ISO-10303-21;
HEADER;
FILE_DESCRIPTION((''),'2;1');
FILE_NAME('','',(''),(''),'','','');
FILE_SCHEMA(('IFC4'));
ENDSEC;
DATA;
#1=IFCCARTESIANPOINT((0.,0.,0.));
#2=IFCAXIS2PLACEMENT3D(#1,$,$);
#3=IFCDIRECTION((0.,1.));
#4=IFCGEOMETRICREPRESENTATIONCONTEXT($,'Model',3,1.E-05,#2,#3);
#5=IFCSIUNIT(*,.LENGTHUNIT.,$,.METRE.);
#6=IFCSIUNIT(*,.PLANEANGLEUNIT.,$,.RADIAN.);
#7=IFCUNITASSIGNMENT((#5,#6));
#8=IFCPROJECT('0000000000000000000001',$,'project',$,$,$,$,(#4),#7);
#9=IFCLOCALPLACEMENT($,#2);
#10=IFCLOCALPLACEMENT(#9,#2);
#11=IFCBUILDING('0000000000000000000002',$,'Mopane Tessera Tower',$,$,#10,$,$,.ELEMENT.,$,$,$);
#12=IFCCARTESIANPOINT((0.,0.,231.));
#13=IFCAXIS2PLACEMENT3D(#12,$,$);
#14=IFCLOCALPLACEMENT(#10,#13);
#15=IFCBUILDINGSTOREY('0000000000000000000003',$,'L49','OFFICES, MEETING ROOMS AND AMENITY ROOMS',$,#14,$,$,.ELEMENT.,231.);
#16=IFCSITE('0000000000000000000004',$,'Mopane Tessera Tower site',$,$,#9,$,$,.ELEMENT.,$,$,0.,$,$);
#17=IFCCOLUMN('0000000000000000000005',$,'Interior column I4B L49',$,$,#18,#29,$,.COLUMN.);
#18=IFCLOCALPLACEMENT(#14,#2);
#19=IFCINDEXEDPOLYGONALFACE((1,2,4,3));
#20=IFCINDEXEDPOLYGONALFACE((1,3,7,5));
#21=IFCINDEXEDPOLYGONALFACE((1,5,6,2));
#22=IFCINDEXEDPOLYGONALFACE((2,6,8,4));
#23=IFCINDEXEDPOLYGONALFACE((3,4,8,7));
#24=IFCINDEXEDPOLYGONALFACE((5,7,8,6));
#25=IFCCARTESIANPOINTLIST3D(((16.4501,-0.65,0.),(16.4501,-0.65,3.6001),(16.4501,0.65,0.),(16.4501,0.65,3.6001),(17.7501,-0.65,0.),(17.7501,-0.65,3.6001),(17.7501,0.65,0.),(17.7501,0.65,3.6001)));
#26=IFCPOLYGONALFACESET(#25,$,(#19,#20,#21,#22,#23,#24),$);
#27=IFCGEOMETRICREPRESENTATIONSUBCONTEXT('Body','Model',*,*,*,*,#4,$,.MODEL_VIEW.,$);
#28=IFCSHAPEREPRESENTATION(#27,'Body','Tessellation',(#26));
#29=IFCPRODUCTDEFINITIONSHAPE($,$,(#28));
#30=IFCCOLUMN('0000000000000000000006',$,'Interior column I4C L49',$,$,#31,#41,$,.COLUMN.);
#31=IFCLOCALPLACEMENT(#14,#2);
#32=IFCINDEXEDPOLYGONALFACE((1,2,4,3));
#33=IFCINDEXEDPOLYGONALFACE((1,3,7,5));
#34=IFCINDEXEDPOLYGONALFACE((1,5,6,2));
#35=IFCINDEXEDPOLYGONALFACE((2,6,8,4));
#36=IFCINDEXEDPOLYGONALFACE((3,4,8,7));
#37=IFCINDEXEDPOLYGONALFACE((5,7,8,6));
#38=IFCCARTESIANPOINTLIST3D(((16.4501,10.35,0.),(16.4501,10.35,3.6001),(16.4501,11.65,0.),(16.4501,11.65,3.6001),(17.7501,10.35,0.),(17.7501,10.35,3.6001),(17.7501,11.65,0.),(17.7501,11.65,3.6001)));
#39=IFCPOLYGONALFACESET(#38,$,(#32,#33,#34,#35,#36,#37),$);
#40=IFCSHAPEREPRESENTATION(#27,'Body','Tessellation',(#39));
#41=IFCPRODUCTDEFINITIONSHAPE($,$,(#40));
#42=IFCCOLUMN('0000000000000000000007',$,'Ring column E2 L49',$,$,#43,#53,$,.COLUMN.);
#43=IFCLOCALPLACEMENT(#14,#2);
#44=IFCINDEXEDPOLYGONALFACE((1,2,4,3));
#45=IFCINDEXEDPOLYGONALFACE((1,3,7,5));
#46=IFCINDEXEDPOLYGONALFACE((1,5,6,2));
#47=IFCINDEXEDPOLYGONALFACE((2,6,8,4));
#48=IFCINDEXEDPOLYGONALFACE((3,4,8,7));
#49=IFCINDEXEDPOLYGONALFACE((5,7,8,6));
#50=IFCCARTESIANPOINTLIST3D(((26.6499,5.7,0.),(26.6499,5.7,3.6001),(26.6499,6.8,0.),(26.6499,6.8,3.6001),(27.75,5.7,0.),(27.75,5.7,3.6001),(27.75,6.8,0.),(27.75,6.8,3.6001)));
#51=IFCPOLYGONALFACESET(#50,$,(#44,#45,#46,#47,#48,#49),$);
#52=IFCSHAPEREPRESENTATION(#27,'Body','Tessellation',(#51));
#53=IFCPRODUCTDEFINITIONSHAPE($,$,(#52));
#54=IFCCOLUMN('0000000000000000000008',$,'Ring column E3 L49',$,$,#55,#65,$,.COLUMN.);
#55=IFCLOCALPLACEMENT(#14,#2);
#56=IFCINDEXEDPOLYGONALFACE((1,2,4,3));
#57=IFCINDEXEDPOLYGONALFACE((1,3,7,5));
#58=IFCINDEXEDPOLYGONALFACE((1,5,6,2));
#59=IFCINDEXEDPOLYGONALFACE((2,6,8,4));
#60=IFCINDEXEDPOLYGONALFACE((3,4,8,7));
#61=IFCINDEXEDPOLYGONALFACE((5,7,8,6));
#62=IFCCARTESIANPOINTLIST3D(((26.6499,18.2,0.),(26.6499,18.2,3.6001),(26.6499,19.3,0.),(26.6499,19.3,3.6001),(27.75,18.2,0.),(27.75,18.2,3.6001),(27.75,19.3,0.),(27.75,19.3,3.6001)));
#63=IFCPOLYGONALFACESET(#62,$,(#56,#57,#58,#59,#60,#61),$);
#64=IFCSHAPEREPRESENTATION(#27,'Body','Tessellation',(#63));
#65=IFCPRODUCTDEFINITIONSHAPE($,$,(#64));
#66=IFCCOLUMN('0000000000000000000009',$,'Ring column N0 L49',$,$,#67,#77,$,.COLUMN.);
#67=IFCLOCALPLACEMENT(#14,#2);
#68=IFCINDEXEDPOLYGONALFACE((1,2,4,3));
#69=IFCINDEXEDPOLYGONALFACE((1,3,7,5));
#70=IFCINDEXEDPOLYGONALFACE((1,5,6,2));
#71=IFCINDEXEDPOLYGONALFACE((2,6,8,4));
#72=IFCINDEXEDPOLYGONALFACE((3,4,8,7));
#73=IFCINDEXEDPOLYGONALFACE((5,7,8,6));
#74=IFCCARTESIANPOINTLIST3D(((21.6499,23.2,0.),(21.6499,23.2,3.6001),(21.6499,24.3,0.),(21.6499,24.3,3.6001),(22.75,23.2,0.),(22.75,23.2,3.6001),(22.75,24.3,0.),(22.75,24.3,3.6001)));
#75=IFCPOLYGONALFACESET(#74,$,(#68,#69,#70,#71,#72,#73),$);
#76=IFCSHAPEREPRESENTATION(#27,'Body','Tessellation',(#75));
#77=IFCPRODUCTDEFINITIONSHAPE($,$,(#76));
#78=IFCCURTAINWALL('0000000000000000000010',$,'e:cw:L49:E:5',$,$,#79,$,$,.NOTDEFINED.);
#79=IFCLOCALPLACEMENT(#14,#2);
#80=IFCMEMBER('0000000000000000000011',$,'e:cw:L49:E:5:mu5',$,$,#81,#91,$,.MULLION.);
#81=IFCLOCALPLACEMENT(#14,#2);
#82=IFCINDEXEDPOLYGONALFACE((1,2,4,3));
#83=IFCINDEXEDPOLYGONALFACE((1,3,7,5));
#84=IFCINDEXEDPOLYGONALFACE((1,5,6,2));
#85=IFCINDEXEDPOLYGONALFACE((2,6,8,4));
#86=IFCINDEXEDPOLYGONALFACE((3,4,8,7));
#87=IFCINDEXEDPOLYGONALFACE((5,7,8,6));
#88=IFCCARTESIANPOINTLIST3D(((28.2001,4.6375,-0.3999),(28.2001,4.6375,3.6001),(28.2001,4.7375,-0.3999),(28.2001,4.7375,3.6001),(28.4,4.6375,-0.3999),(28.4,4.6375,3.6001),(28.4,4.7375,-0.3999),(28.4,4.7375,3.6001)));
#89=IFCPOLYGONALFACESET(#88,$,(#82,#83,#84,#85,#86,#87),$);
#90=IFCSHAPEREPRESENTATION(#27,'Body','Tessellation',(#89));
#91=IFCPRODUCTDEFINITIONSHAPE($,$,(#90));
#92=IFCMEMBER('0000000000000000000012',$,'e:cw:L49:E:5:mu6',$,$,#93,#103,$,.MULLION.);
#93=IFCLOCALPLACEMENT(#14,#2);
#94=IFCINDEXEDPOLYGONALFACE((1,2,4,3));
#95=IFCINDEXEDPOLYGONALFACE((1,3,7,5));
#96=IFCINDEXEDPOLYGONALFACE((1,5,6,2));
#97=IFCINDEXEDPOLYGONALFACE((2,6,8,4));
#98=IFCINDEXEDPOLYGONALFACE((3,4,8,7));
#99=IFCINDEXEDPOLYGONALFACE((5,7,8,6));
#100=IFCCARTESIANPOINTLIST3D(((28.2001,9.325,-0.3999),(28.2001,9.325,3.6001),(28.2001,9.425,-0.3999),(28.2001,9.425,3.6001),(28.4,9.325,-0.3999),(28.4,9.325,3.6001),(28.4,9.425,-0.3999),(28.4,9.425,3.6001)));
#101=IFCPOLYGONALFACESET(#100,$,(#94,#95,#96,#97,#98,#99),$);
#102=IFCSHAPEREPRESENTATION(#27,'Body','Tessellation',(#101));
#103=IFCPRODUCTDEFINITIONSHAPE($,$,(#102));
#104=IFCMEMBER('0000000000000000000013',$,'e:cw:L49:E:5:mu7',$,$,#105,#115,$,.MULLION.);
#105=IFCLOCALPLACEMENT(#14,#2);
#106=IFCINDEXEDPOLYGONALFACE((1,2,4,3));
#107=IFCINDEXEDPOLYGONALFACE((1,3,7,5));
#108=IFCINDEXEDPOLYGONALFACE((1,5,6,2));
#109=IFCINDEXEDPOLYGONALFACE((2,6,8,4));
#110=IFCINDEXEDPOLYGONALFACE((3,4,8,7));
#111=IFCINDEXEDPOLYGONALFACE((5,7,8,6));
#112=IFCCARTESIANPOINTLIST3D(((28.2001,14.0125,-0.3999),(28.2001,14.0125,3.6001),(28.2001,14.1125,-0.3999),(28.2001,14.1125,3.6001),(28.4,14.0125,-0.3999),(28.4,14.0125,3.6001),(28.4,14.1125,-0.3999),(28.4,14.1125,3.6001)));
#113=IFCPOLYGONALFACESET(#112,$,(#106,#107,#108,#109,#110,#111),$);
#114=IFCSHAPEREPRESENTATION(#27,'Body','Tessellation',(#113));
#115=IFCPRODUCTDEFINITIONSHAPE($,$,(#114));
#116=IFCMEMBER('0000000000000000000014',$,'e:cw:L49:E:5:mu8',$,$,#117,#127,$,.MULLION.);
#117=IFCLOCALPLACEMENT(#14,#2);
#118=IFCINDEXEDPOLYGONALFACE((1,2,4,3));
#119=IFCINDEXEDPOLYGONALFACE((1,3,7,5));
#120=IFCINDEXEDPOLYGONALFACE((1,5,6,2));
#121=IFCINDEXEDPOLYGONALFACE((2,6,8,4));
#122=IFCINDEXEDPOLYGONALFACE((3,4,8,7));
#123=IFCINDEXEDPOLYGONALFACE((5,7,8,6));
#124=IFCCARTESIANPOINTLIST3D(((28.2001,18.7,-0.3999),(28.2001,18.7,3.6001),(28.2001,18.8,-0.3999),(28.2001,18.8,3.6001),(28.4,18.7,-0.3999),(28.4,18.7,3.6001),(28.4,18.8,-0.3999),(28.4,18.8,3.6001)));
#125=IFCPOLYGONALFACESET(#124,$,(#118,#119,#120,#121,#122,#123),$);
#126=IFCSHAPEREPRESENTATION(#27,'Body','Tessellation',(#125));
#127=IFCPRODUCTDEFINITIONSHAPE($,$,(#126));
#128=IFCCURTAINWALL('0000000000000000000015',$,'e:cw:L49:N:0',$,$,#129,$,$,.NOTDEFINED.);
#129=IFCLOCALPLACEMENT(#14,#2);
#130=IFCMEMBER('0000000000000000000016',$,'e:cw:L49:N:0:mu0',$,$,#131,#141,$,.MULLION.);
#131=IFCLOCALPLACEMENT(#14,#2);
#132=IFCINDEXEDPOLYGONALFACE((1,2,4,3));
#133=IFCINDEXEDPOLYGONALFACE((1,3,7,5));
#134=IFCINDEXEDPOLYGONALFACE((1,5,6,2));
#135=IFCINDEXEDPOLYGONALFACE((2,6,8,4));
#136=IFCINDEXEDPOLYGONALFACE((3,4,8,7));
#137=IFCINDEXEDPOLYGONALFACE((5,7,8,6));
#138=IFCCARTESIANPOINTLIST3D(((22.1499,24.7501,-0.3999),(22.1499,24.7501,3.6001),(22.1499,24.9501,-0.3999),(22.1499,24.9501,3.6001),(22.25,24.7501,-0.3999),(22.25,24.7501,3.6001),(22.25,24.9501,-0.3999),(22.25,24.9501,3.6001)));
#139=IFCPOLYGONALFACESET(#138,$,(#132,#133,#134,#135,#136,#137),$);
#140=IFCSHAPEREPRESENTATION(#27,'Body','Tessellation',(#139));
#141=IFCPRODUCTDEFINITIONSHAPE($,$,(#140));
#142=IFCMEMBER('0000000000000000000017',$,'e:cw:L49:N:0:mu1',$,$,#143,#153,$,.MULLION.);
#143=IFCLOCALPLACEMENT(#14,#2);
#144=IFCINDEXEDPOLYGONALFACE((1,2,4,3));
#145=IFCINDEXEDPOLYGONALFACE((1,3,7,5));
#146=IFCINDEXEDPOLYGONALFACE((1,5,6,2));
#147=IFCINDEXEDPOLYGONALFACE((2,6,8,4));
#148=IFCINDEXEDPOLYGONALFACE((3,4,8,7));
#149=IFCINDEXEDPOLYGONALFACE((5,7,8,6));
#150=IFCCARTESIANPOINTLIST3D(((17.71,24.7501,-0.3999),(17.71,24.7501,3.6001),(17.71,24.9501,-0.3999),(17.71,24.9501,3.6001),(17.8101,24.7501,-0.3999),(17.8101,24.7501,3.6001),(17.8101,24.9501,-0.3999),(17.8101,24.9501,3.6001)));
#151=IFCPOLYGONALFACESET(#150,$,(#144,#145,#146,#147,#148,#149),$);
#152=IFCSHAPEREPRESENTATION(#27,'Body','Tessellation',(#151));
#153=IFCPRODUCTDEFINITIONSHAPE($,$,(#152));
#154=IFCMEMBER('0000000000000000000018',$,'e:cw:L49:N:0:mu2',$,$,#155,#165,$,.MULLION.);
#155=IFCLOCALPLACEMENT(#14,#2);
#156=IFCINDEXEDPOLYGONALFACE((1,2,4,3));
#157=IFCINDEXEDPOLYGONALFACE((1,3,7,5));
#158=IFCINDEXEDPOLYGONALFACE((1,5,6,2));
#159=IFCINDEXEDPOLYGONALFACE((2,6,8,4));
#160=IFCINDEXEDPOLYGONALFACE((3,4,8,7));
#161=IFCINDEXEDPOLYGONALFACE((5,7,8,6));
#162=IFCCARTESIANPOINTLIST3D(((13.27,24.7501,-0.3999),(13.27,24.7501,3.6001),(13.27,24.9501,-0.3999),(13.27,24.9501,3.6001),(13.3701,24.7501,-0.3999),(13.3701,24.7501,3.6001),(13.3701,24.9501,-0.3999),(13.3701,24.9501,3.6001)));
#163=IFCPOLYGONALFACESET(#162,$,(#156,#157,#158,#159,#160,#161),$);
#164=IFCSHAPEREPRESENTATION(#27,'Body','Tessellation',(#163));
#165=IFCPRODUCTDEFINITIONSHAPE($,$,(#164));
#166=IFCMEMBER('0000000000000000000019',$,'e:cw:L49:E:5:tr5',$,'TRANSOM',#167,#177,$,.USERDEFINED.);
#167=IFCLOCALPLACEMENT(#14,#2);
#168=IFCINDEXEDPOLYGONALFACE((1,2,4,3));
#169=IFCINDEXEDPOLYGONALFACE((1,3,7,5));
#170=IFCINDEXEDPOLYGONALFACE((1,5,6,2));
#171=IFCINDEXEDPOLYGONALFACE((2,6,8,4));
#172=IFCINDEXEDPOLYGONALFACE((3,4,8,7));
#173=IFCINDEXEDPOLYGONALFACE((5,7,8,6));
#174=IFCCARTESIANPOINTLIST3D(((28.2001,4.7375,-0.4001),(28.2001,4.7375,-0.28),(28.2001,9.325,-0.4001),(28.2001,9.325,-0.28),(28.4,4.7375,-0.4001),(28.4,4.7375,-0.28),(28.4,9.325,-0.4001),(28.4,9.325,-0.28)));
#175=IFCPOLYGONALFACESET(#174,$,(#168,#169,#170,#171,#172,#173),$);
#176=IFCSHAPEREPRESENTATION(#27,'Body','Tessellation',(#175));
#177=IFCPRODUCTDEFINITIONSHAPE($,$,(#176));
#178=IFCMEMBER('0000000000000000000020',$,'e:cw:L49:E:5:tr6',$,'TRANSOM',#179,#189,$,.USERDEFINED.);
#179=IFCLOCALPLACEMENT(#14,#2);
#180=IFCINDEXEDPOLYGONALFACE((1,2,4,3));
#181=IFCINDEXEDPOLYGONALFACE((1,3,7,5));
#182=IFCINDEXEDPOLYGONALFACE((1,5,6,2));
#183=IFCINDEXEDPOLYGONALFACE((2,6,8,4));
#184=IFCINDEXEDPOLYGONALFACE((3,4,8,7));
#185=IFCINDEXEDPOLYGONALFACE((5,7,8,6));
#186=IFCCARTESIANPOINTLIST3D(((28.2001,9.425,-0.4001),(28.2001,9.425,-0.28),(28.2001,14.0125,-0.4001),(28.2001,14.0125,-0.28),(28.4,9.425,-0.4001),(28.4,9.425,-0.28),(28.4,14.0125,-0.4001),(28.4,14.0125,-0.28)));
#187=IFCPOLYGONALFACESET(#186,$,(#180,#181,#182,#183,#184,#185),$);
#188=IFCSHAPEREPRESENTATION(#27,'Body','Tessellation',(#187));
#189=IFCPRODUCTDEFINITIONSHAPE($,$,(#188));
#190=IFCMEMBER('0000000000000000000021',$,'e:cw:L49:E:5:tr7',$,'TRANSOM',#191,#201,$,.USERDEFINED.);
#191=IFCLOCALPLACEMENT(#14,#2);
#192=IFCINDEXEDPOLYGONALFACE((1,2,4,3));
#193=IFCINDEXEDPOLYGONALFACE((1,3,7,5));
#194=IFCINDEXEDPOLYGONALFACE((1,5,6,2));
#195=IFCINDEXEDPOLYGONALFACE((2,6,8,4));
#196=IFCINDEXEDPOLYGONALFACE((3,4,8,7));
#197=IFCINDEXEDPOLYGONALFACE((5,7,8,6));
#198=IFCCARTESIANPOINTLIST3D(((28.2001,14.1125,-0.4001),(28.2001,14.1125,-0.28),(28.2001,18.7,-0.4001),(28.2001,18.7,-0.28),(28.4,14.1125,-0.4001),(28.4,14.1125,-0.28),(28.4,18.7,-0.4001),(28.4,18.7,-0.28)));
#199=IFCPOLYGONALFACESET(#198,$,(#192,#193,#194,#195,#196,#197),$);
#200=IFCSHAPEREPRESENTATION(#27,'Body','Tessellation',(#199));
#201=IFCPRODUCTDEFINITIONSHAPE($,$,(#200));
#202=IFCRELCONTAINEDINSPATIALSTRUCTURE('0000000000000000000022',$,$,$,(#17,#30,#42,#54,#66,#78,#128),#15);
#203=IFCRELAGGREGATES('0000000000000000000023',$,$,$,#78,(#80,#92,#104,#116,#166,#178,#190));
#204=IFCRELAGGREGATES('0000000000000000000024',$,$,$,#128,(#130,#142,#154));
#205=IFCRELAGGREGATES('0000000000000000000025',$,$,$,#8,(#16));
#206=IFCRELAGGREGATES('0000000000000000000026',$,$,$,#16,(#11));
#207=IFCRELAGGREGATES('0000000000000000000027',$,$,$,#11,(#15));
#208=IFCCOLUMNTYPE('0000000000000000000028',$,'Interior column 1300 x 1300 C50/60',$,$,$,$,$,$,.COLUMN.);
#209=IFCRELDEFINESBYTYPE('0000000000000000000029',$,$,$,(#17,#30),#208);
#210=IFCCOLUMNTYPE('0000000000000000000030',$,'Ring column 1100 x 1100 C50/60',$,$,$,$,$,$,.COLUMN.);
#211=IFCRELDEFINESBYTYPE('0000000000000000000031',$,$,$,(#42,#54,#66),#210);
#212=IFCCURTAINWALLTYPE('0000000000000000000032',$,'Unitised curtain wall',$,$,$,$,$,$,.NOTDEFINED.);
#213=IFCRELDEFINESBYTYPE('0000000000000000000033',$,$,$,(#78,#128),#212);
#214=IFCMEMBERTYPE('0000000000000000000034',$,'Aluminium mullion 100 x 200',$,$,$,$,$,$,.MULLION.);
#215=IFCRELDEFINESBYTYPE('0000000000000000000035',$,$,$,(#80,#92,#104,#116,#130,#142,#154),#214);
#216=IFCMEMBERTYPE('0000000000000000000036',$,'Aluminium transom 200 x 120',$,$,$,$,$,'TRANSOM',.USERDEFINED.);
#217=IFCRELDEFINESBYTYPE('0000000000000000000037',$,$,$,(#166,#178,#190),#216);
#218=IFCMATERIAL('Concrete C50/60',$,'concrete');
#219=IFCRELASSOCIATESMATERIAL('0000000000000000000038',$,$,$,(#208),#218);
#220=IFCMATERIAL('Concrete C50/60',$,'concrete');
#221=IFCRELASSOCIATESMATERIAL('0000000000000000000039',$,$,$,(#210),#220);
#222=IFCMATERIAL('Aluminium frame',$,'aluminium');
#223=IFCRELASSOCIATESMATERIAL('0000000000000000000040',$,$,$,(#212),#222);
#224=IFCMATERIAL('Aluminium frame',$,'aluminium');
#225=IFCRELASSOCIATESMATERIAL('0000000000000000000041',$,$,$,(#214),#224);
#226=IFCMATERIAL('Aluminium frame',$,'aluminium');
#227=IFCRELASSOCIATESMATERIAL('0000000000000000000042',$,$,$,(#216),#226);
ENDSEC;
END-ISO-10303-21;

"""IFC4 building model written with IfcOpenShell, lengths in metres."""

from ifc_helpers import new_model, si_unit, direction, frame, origin, origin_2d, place, context, subcontext, project, spatial, rectangle, extrude, material, material_profile, profile_set, type_object, element, aggregate, save


model = new_model("IFC4")

# Units and contexts
model_context = context("Model", 3, precision=1e-05, world=origin(), true_north=direction((0.0, 1.0)))
body_context = subcontext(model_context, "Body", "Model", "MODEL_VIEW")
ifc_project = project(units=[si_unit("LENGTHUNIT", "METRE"), si_unit("PLANEANGLEUNIT", "RADIAN")], contexts=[model_context])

# Site, building, storey
site_placement = place(None, origin())
site = spatial("IfcSite", under=ifc_project, at=site_placement, Name="Mopane Tessera Tower site", CompositionType="ELEMENT", RefElevation=0.0)
building_placement = place(site_placement, origin())
building = spatial("IfcBuilding", under=site, at=building_placement, Name="Mopane Tessera Tower", CompositionType="ELEMENT")
storey_placement = place(building_placement, frame((0.0, 0.0, 231.0)))
storey = spatial("IfcBuildingStorey", under=building, at=storey_placement, Name="L49", Description="OFFICES, MEETING ROOMS AND AMENITY ROOMS", CompositionType="ELEMENT", Elevation=231.0)

# Columns
ifc_material_1 = material(Name="Concrete C50/60", Category="concrete")
ifc_material_profile_1 = material_profile(ifc_material_1, rectangle(XDim=1.3, YDim=1.3, at=origin_2d()))
ifc_profile_set_1 = profile_set([ifc_material_profile_1], Name="Concrete C50/60")
column_type_1 = type_object("IfcColumnType", Name="Interior column 1300 x 1300 C50/60", PredefinedType="COLUMN", material=ifc_profile_set_1)
for number, where, z_axis, x_axis, name in (
    (1, (17.1001, 0.0, 0.0), (0.0, 0.0, 1.0), (1.0, 0.0, 0.0), "Interior column I4B L49"),
    (2, (17.1001, 11.0, 0.0), (0.0, 0.0, 1.0), (1.0, 0.0, 0.0), "Interior column I4C L49"),
):
    element("IfcColumn", number, at=place(storey_placement, frame(where, z_axis=z_axis, x_axis=x_axis)), inside=storey, type_object=column_type_1, Name=name, PredefinedType="COLUMN", context=body_context, shape_type="SweptSolid", body=[
        extrude(rectangle(XDim=1.3, YDim=1.3, at=origin_2d()), origin(), (0.0, 0.0, 1.0), 3.6001),
    ])
ifc_material_2 = material(Name="Concrete C50/60", Category="concrete")
ifc_material_profile_2 = material_profile(ifc_material_2, rectangle(XDim=1.1001, YDim=1.1001, at=origin_2d()))
ifc_profile_set_2 = profile_set([ifc_material_profile_2], Name="Concrete C50/60")
column_type_2 = type_object("IfcColumnType", Name="Ring column 1100 x 1100 C50/60", PredefinedType="COLUMN", material=ifc_profile_set_2)
for number, where, z_axis, x_axis, name in (
    (3, (27.2, 6.25, 0.0), (0.0, 0.0, 1.0), (1.0, 0.0, 0.0), "Ring column E2 L49"),
    (4, (27.2, 18.75, 0.0), (0.0, 0.0, 1.0), (1.0, 0.0, 0.0), "Ring column E3 L49"),
    (5, (22.2, 23.75, 0.0), (0.0, 0.0, 1.0), (1.0, 0.0, 0.0), "Ring column N0 L49"),
):
    element("IfcColumn", number, at=place(storey_placement, frame(where, z_axis=z_axis, x_axis=x_axis)), inside=storey, type_object=column_type_2, Name=name, PredefinedType="COLUMN", context=body_context, shape_type="SweptSolid", body=[
        extrude(rectangle(XDim=1.1001, YDim=1.1001, at=origin_2d()), origin(), (0.0, 0.0, 1.0), 3.6001),
    ])

# Curtain walls, members
ifc_material_3 = material(Name="Aluminium frame", Category="aluminium")
curtain_wall_type = type_object("IfcCurtainWallType", Name="Unitised curtain wall", PredefinedType="NOTDEFINED", material=ifc_material_3)
curtain_wall_1_placement = place(storey_placement, origin())
curtain_wall_1 = element("IfcCurtainWall", 6, at=curtain_wall_1_placement, inside=storey, type_object=curtain_wall_type, Name="e:cw:L49:E:5", PredefinedType="NOTDEFINED")
ifc_material_4 = material(Name="Aluminium frame", Category="aluminium")
ifc_material_profile_3 = material_profile(ifc_material_4, rectangle(XDim=0.1001, YDim=0.2, at=origin_2d()))
ifc_profile_set_3 = profile_set([ifc_material_profile_3], Name="Aluminium frame")
member_type_1 = type_object("IfcMemberType", Name="Aluminium mullion 100 x 200", PredefinedType="MULLION", material=ifc_profile_set_3)
member_1_placement = place(storey_placement, frame((28.3, 4.6875, -0.3999), z_axis=(0.0, 0.0, 1.0), x_axis=(0.0, 1.0, 0.0)))
member_1 = element("IfcMember", 7, at=member_1_placement, type_object=member_type_1, Name="e:cw:L49:E:5:mu5", PredefinedType="MULLION", context=body_context, shape_type="SweptSolid", body=[
    extrude(rectangle(XDim=0.1001, YDim=0.2, at=origin_2d()), origin(), (0.0, 0.0, 1.0), 4.0),
])
member_2_placement = place(storey_placement, frame((28.3, 9.375, -0.3999), z_axis=(0.0, 0.0, 1.0), x_axis=(0.0, 1.0, 0.0)))
member_2 = element("IfcMember", 8, at=member_2_placement, type_object=member_type_1, Name="e:cw:L49:E:5:mu6", PredefinedType="MULLION", context=body_context, shape_type="SweptSolid", body=[
    extrude(rectangle(XDim=0.1001, YDim=0.2, at=origin_2d()), origin(), (0.0, 0.0, 1.0), 4.0),
])
member_3_placement = place(storey_placement, frame((28.3, 14.0625, -0.3999), z_axis=(0.0, 0.0, 1.0), x_axis=(0.0, 1.0, 0.0)))
member_3 = element("IfcMember", 9, at=member_3_placement, type_object=member_type_1, Name="e:cw:L49:E:5:mu7", PredefinedType="MULLION", context=body_context, shape_type="SweptSolid", body=[
    extrude(rectangle(XDim=0.1001, YDim=0.2, at=origin_2d()), origin(), (0.0, 0.0, 1.0), 4.0),
])
member_4_placement = place(storey_placement, frame((28.3, 18.75, -0.3999), z_axis=(0.0, 0.0, 1.0), x_axis=(0.0, 1.0, 0.0)))
member_4 = element("IfcMember", 10, at=member_4_placement, type_object=member_type_1, Name="e:cw:L49:E:5:mu8", PredefinedType="MULLION", context=body_context, shape_type="SweptSolid", body=[
    extrude(rectangle(XDim=0.1001, YDim=0.2, at=origin_2d()), origin(), (0.0, 0.0, 1.0), 4.0),
])
curtain_wall_2_placement = place(storey_placement, origin())
curtain_wall_2 = element("IfcCurtainWall", 11, at=curtain_wall_2_placement, inside=storey, type_object=curtain_wall_type, Name="e:cw:L49:N:0", PredefinedType="NOTDEFINED")
member_5_placement = place(storey_placement, frame((22.2, 24.8501, -0.3999), z_axis=(0.0, 0.0, 1.0), x_axis=(-1.0, 0.0, 0.0)))
member_5 = element("IfcMember", 12, at=member_5_placement, type_object=member_type_1, Name="e:cw:L49:N:0:mu0", PredefinedType="MULLION", context=body_context, shape_type="SweptSolid", body=[
    extrude(rectangle(XDim=0.1001, YDim=0.2, at=origin_2d()), origin(), (0.0, 0.0, 1.0), 4.0),
])
member_6_placement = place(storey_placement, frame((17.76, 24.8501, -0.3999), z_axis=(0.0, 0.0, 1.0), x_axis=(-1.0, 0.0, 0.0)))
member_6 = element("IfcMember", 13, at=member_6_placement, type_object=member_type_1, Name="e:cw:L49:N:0:mu1", PredefinedType="MULLION", context=body_context, shape_type="SweptSolid", body=[
    extrude(rectangle(XDim=0.1001, YDim=0.2, at=origin_2d()), origin(), (0.0, 0.0, 1.0), 4.0),
])
member_7_placement = place(storey_placement, frame((13.3201, 24.8501, -0.3999), z_axis=(0.0, 0.0, 1.0), x_axis=(-1.0, 0.0, 0.0)))
member_7 = element("IfcMember", 14, at=member_7_placement, type_object=member_type_1, Name="e:cw:L49:N:0:mu2", PredefinedType="MULLION", context=body_context, shape_type="SweptSolid", body=[
    extrude(rectangle(XDim=0.1001, YDim=0.2, at=origin_2d()), origin(), (0.0, 0.0, 1.0), 4.0),
])

# Members
ifc_material_5 = material(Name="Aluminium frame", Category="aluminium")
ifc_material_profile_4 = material_profile(ifc_material_5, rectangle(XDim=0.2, YDim=0.1201, at=origin_2d()))
ifc_profile_set_4 = profile_set([ifc_material_profile_4], Name="Aluminium frame")
member_type_2 = type_object("IfcMemberType", Name="Aluminium transom 200 x 120", ElementType="TRANSOM", PredefinedType="USERDEFINED", material=ifc_profile_set_4)
member_8_placement = place(storey_placement, frame((28.3, 4.7375, -0.3401), z_axis=(0.0, 1.0, 0.0), x_axis=(-1.0, 0.0, 0.0)))
member_8 = element("IfcMember", 15, at=member_8_placement, type_object=member_type_2, Name="e:cw:L49:E:5:tr5", ObjectType="TRANSOM", PredefinedType="USERDEFINED", context=body_context, shape_type="SweptSolid", body=[
    extrude(rectangle(XDim=0.2, YDim=0.1201, at=origin_2d()), origin(), (0.0, 0.0, 1.0), 4.5874),
])
member_9_placement = place(storey_placement, frame((28.3, 9.425, -0.3401), z_axis=(0.0, 1.0, 0.0), x_axis=(-1.0, 0.0, 0.0)))
member_9 = element("IfcMember", 16, at=member_9_placement, type_object=member_type_2, Name="e:cw:L49:E:5:tr6", ObjectType="TRANSOM", PredefinedType="USERDEFINED", context=body_context, shape_type="SweptSolid", body=[
    extrude(rectangle(XDim=0.2, YDim=0.1201, at=origin_2d()), origin(), (0.0, 0.0, 1.0), 4.5874),
])
member_10_placement = place(storey_placement, frame((28.3, 14.1125, -0.3401), z_axis=(0.0, 1.0, 0.0), x_axis=(-1.0, 0.0, 0.0)))
member_10 = element("IfcMember", 17, at=member_10_placement, type_object=member_type_2, Name="e:cw:L49:E:5:tr7", ObjectType="TRANSOM", PredefinedType="USERDEFINED", context=body_context, shape_type="SweptSolid", body=[
    extrude(rectangle(XDim=0.2, YDim=0.1201, at=origin_2d()), origin(), (0.0, 0.0, 1.0), 4.5874),
])

aggregate(curtain_wall_1, [member_1, member_2, member_3, member_4, member_8, member_9, member_10])
aggregate(curtain_wall_2, [member_5, member_6, member_7])

save(model, "model.ifc")
